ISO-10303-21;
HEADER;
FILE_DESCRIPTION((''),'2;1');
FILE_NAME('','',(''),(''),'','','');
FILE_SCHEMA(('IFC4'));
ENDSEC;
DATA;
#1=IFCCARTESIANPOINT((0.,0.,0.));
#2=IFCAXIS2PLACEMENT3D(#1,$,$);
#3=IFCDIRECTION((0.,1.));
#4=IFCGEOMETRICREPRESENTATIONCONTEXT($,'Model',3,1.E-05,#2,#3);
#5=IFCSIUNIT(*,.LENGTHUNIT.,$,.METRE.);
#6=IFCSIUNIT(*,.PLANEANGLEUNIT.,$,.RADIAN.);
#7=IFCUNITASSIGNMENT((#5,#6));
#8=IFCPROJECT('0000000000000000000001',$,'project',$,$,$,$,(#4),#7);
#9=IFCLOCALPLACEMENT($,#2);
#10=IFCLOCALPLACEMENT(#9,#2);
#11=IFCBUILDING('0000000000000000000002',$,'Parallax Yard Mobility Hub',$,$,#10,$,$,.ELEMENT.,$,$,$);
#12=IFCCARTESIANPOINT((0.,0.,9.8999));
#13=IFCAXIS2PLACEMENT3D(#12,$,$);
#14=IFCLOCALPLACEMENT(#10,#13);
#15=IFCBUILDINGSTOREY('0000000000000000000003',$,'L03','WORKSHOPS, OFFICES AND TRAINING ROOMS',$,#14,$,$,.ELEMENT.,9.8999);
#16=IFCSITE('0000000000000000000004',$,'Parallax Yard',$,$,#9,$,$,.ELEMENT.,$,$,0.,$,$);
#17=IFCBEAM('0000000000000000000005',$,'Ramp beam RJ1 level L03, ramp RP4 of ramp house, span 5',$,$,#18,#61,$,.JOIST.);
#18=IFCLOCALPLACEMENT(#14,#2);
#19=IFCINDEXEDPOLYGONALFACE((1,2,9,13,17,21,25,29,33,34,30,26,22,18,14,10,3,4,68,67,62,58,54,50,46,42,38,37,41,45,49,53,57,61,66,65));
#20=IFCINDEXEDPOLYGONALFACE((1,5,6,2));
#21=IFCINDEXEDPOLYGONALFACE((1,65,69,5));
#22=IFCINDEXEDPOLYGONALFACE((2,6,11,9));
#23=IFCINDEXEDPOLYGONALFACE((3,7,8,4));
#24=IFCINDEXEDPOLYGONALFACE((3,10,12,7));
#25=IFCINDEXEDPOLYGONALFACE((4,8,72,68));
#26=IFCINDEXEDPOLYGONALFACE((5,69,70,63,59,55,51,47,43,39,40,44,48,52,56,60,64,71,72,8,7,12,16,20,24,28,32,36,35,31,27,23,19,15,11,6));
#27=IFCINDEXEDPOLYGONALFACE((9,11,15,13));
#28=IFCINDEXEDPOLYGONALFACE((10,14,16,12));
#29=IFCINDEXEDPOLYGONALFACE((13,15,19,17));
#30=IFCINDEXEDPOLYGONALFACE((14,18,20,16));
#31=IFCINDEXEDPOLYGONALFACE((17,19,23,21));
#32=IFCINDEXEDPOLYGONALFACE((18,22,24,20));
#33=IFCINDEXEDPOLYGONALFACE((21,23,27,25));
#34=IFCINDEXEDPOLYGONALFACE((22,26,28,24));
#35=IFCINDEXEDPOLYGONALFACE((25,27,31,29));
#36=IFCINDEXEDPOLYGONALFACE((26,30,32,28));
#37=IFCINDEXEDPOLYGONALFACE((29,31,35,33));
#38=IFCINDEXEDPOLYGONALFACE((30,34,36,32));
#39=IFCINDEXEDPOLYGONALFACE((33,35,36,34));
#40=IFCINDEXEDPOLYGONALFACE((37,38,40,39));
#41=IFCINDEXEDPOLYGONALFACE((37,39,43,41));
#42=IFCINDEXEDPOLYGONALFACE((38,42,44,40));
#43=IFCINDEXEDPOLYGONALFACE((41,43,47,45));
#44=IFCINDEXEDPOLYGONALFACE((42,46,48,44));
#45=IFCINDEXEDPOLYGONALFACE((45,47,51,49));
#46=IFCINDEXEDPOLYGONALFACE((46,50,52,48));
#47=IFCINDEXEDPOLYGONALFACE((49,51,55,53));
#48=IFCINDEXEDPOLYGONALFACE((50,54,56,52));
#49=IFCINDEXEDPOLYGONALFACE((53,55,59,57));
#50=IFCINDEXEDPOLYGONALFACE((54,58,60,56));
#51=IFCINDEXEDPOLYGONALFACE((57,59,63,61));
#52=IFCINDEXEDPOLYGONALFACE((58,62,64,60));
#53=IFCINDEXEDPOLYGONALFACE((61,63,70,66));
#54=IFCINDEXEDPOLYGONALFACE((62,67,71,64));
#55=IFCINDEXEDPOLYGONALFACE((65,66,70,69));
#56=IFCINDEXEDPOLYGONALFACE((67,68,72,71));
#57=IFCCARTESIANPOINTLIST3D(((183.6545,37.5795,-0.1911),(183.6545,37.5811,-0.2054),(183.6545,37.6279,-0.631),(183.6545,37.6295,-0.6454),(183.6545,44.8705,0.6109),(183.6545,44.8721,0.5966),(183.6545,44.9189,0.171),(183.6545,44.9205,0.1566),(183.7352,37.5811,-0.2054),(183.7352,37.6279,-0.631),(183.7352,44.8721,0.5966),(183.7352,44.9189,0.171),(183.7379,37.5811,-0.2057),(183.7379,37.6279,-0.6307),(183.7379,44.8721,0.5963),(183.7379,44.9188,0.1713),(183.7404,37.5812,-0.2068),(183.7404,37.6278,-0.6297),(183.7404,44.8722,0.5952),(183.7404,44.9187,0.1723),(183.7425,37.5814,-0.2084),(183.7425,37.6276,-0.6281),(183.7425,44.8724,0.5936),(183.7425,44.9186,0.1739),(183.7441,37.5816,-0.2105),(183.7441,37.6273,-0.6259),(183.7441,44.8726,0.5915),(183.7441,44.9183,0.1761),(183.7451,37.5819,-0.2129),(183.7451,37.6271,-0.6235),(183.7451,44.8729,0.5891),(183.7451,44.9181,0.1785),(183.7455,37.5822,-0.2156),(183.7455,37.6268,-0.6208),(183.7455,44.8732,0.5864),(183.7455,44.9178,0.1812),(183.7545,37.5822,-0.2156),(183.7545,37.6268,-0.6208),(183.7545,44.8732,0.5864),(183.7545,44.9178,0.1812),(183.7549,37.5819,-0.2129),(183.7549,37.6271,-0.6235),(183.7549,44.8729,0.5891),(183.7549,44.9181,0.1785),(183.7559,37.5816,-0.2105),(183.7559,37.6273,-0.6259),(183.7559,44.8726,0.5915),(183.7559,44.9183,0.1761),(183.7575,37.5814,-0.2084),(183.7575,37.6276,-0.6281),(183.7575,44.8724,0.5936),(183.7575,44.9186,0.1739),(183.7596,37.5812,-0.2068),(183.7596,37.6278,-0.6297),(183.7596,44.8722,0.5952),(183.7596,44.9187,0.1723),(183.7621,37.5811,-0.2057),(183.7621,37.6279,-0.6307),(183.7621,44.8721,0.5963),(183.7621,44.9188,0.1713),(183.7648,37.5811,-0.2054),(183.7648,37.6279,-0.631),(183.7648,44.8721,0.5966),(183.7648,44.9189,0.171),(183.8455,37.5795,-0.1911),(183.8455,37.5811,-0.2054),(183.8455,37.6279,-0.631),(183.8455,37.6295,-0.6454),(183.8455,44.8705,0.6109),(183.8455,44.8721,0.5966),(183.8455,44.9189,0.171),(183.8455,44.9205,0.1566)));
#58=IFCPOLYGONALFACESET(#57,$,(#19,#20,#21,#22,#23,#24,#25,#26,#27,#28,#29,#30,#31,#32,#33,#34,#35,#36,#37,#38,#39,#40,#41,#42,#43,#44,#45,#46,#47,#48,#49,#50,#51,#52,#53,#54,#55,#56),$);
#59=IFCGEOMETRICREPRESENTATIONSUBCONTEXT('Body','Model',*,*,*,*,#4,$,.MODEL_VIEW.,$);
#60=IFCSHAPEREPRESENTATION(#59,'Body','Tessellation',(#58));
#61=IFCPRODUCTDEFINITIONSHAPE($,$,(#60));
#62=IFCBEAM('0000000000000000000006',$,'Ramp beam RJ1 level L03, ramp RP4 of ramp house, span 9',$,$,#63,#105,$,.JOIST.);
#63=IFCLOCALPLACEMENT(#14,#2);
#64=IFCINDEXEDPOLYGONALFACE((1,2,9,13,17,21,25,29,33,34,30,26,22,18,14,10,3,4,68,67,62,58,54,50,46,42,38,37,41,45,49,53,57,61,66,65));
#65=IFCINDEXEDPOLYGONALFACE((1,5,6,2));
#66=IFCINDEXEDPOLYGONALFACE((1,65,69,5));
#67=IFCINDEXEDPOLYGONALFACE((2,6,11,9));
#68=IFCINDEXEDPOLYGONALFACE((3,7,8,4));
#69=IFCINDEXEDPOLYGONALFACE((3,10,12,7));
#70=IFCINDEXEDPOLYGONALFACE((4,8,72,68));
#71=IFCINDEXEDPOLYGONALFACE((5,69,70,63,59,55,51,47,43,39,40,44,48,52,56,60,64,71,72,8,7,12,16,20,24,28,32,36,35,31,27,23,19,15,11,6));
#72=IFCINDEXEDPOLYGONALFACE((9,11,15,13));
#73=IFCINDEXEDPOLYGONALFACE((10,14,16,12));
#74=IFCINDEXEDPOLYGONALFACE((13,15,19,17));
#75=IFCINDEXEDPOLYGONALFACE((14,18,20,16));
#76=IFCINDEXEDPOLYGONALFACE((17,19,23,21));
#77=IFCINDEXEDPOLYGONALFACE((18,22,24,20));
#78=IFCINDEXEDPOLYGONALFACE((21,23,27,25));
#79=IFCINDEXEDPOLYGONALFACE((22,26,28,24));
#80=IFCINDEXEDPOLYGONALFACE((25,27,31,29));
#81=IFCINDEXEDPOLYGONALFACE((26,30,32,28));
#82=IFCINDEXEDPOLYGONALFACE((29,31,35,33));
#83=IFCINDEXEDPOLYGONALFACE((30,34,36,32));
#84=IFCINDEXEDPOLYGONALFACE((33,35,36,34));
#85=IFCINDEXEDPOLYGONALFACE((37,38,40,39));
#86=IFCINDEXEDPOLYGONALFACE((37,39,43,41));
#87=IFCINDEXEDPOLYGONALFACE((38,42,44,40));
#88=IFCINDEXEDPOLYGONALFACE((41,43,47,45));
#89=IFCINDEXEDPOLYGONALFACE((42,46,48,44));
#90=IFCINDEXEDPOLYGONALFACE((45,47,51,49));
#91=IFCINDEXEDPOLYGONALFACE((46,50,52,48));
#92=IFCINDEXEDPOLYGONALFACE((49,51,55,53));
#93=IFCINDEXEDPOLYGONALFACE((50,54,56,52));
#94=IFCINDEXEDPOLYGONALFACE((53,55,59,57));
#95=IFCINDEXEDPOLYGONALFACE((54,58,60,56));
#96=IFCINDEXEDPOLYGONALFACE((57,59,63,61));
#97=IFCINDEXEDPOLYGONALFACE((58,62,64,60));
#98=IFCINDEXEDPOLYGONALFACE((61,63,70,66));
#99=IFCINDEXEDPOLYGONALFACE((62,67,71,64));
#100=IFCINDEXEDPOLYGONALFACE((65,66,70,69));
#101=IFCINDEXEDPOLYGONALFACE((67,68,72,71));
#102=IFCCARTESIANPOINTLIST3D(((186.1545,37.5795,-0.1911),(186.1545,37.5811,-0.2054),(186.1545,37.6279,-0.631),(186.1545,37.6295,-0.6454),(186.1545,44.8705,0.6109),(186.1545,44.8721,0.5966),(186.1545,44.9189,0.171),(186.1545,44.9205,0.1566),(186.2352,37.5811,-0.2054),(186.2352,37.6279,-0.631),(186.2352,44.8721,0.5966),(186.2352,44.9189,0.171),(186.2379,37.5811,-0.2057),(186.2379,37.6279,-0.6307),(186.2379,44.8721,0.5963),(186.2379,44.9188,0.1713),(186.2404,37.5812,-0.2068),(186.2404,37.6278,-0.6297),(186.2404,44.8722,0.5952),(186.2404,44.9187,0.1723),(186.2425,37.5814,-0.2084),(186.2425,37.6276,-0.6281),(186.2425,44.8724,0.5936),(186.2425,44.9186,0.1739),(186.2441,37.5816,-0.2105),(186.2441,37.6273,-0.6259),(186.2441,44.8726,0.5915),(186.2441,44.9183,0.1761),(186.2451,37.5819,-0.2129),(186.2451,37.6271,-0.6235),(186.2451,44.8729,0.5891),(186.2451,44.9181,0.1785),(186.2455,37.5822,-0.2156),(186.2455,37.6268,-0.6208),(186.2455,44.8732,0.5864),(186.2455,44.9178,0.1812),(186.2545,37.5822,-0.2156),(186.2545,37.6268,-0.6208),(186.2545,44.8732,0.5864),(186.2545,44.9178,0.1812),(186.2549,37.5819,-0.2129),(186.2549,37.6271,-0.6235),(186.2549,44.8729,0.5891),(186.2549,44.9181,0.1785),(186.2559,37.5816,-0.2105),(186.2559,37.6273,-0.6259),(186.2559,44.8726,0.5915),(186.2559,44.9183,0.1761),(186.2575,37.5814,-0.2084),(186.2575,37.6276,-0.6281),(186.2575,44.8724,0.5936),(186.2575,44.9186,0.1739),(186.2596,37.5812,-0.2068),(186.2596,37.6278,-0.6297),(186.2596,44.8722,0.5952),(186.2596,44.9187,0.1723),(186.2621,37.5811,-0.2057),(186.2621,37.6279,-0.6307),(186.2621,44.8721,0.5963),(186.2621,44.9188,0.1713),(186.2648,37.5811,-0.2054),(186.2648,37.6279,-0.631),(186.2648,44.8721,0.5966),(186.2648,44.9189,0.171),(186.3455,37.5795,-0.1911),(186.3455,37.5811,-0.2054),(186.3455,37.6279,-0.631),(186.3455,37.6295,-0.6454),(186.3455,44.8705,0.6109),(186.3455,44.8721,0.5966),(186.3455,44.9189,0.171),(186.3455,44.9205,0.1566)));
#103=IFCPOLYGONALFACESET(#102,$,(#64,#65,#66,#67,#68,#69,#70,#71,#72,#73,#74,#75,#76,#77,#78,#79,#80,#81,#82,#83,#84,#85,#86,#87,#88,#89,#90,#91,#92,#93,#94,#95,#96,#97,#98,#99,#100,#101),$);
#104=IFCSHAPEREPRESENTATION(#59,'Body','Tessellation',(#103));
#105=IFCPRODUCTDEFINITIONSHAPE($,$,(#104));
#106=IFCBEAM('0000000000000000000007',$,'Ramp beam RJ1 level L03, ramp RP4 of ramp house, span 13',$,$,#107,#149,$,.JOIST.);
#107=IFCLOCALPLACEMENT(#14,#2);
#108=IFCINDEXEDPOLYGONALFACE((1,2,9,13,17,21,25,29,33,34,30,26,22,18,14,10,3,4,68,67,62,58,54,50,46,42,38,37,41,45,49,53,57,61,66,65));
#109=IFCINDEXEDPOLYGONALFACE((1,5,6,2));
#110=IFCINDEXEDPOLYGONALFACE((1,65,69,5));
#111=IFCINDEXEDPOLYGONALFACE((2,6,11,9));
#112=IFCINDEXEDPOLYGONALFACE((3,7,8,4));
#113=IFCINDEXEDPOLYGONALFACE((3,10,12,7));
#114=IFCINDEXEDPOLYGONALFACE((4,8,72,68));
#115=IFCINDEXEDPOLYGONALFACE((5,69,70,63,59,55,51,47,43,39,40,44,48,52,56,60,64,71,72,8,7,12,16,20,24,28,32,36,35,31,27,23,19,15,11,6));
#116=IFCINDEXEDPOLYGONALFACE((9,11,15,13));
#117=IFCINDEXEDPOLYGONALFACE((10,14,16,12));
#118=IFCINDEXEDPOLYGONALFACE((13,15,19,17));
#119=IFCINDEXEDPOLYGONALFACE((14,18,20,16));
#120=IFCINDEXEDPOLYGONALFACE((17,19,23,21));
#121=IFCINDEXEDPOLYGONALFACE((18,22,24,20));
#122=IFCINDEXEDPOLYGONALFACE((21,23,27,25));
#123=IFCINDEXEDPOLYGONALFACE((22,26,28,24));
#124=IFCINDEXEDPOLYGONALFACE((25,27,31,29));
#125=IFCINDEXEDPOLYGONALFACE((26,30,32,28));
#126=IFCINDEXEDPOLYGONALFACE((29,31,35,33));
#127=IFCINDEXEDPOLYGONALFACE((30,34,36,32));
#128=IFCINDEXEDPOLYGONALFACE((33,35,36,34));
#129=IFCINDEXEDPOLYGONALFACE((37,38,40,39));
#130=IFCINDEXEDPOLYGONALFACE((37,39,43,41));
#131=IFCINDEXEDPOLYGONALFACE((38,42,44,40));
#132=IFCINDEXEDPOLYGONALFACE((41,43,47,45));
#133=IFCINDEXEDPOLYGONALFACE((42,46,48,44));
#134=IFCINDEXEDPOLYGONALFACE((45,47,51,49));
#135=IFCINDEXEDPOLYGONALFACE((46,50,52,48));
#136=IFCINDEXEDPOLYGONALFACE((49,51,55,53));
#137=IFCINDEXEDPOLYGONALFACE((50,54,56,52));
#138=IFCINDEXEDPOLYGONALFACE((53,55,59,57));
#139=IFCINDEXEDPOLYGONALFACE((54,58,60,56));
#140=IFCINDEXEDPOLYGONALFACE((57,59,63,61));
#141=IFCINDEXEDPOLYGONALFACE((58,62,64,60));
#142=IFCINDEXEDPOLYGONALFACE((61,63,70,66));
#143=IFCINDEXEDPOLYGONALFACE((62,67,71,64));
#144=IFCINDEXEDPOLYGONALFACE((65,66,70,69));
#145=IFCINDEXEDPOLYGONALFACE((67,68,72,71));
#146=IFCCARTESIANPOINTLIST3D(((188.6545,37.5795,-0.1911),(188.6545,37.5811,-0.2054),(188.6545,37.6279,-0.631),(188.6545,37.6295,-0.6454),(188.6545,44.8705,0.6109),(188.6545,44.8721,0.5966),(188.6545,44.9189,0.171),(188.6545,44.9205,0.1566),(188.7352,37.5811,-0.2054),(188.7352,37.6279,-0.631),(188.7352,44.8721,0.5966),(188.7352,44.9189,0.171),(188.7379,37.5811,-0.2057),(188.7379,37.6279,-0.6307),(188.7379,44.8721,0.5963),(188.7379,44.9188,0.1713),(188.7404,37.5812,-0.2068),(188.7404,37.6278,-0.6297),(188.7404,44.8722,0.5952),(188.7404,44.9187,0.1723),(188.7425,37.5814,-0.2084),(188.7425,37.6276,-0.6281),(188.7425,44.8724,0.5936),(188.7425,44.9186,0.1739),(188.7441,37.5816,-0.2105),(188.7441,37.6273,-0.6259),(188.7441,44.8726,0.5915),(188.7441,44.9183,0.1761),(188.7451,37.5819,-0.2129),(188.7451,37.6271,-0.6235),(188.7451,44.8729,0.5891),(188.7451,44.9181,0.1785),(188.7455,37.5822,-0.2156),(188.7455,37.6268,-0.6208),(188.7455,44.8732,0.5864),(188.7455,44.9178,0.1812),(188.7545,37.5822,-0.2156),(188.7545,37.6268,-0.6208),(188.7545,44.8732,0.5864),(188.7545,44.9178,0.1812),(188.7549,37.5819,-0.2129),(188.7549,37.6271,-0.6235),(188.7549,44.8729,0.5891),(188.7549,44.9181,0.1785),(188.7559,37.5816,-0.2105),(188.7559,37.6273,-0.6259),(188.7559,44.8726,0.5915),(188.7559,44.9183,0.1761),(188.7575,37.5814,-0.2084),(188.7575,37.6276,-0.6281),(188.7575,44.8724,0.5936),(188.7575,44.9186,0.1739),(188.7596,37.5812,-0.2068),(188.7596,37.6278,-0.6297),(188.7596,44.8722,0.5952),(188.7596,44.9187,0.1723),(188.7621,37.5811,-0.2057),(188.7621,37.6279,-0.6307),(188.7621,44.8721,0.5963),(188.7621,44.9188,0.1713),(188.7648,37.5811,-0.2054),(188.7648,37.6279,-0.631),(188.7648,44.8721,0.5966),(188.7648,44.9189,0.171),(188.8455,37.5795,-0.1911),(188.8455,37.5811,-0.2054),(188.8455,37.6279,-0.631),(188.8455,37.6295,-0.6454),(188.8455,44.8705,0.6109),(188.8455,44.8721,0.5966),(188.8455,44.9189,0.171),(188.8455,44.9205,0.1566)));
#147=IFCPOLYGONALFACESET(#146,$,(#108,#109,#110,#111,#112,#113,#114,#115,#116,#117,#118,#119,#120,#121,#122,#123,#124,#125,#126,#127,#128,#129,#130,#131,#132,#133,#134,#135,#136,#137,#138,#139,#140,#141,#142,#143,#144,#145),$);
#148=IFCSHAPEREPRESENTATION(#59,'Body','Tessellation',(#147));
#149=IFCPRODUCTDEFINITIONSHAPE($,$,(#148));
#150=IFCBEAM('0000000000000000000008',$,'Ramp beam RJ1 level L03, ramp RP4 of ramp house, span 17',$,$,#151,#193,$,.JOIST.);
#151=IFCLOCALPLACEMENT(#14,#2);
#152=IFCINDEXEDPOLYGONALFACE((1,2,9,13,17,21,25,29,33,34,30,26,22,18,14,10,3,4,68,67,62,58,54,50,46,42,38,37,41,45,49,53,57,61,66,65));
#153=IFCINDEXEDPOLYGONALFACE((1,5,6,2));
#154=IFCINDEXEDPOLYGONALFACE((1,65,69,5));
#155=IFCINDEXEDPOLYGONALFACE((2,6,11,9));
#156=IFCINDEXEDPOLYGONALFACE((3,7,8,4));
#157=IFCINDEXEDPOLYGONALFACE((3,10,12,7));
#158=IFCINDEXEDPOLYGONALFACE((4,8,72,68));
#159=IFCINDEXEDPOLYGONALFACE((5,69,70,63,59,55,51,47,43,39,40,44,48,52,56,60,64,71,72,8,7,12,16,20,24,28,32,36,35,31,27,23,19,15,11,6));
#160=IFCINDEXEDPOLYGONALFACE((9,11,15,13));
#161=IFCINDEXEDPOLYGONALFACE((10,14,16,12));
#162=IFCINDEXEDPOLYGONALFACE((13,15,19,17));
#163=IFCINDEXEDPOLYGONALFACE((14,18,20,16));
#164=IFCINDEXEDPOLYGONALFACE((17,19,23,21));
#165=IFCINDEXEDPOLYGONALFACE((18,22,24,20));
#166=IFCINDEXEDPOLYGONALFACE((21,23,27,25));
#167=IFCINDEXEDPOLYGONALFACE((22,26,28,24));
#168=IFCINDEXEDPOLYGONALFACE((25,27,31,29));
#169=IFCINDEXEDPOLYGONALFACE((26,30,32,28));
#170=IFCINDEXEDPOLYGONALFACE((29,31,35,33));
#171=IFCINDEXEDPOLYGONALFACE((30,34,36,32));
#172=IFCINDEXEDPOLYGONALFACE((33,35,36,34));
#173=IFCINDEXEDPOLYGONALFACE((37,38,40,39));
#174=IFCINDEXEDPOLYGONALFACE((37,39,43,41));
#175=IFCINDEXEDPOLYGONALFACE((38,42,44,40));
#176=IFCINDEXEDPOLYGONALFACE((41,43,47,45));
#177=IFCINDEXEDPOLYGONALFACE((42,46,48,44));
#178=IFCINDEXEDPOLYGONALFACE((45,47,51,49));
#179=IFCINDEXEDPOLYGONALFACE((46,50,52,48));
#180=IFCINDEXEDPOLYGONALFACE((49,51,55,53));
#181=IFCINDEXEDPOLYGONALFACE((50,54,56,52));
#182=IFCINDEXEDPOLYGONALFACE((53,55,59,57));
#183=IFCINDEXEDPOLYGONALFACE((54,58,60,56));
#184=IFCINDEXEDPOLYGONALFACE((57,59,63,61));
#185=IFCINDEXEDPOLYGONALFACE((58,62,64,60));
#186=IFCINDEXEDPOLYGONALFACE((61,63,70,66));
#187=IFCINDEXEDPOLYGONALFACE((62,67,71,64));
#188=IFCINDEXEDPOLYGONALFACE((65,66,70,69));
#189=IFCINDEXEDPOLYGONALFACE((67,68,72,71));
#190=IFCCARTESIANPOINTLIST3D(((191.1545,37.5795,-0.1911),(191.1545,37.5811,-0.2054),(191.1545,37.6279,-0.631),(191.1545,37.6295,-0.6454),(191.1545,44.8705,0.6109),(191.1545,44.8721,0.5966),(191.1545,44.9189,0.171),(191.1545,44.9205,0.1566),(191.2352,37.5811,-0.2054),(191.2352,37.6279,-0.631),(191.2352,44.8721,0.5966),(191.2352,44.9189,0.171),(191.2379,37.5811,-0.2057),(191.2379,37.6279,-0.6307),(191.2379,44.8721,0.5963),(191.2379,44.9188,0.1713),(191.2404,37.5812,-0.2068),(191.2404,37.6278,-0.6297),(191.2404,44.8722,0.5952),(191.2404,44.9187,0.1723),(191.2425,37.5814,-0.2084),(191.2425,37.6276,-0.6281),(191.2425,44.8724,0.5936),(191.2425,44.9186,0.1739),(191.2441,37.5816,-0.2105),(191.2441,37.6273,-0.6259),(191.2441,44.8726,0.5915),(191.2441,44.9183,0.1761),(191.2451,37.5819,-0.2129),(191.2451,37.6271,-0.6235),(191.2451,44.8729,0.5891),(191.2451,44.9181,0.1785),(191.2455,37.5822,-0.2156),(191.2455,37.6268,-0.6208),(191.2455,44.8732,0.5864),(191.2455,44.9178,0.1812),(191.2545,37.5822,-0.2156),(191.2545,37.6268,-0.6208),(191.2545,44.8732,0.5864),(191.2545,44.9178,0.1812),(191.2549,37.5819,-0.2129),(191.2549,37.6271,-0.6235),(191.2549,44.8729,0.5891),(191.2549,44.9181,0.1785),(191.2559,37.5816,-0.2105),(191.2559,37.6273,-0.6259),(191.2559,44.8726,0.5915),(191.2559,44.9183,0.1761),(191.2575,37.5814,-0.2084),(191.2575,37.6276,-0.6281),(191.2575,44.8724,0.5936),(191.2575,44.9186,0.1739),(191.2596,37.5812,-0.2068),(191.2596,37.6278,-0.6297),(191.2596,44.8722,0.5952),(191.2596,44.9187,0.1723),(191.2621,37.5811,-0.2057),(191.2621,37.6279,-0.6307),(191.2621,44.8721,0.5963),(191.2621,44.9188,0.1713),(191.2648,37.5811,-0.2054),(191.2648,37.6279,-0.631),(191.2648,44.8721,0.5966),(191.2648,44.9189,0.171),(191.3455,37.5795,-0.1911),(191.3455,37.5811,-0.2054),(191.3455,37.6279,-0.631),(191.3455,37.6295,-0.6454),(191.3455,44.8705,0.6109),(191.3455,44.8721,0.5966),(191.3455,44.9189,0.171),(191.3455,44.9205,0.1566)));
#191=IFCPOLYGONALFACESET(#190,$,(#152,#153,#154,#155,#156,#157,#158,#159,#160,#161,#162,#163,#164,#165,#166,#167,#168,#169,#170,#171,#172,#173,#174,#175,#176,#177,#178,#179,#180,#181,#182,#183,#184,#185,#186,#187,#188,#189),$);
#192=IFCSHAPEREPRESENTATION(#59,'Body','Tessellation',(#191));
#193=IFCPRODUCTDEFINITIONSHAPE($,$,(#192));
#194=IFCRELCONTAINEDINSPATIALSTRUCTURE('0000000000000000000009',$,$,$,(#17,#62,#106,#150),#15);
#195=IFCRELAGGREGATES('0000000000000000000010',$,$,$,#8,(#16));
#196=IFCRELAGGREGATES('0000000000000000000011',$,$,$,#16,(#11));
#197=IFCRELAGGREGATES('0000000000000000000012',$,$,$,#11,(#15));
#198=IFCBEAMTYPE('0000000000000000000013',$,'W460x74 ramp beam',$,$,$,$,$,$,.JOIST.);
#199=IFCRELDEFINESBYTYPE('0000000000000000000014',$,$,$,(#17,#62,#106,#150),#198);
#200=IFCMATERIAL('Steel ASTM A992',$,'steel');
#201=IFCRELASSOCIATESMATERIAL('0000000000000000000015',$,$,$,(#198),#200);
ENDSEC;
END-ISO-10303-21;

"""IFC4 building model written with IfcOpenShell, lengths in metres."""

from ifc_helpers import new_model, si_unit, direction, frame, origin, origin_2d, place, context, subcontext, project, spatial, i_section, extrude, material, material_profile, profile_set, type_object, element, save


model = new_model("IFC4")

# Units and contexts
model_context = context("Model", 3, precision=1e-05, world=origin(), true_north=direction((0.0, 1.0)))
body_context = subcontext(model_context, "Body", "Model", "MODEL_VIEW")
ifc_project = project(units=[si_unit("LENGTHUNIT", "METRE"), si_unit("PLANEANGLEUNIT", "RADIAN")], contexts=[model_context])

# Site, building, storey
site_placement = place(None, origin())
site = spatial("IfcSite", under=ifc_project, at=site_placement, Name="Parallax Yard", CompositionType="ELEMENT", RefElevation=0.0)
building_placement = place(site_placement, origin())
building = spatial("IfcBuilding", under=site, at=building_placement, Name="Parallax Yard Mobility Hub", CompositionType="ELEMENT")
storey_placement = place(building_placement, frame((0.0, 0.0, 9.8999)))
storey = spatial("IfcBuildingStorey", under=building, at=storey_placement, Name="L03", Description="WORKSHOPS, OFFICES AND TRAINING ROOMS", CompositionType="ELEMENT", Elevation=9.8999)

# Shared definitions
ifc_material_1 = material(Name="Steel ASTM A992", Category="steel")

# Beams
ifc_material_profile_1 = material_profile(ifc_material_1, i_section(OverallWidth=0.1909, OverallDepth=0.457, WebThickness=0.009, FlangeThickness=0.0144, FilletRadius=0.0103, at=origin_2d()), Name="W460x74")
ifc_profile_set_1 = profile_set([ifc_material_profile_1], Name="Steel ASTM A992")
beam_type_1 = type_object("IfcBeamType", Name="W460x74 ramp beam", PredefinedType="JOIST", material=ifc_profile_set_1)
for number, where, z_axis, x_axis, name in (
    (1, (183.75, 37.6045, -0.4182), (0.0, 0.994005, 0.109339), (-1.0, 0.0, 0.0), "Ramp beam RJ1 level L03, ramp RP4 of ramp house, span 5"),
    (2, (186.25, 37.6045, -0.4182), (0.0, 0.994005, 0.109339), (-1.0, 0.0, 0.0), "Ramp beam RJ1 level L03, ramp RP4 of ramp house, span 9"),
    (3, (188.75, 37.6045, -0.4182), (0.0, 0.994005, 0.109339), (-1.0, 0.0, 0.0), "Ramp beam RJ1 level L03, ramp RP4 of ramp house, span 13"),
    (4, (191.25, 37.6045, -0.4182), (0.0, 0.994005, 0.109339), (-1.0, 0.0, 0.0), "Ramp beam RJ1 level L03, ramp RP4 of ramp house, span 17"),
):
    element("IfcBeam", number, at=place(storey_placement, frame(where, z_axis=z_axis, x_axis=x_axis)), inside=storey, type_object=beam_type_1, Name=name, PredefinedType="JOIST", context=body_context, shape_type="SweptSolid", body=[
        extrude(i_section(OverallWidth=0.1909, OverallDepth=0.457, WebThickness=0.009, FlangeThickness=0.0144, FilletRadius=0.0103, at=origin_2d()), origin(), (0.0, 0.0, 1.0), 7.335),
    ])

save(model, "model.ifc")
